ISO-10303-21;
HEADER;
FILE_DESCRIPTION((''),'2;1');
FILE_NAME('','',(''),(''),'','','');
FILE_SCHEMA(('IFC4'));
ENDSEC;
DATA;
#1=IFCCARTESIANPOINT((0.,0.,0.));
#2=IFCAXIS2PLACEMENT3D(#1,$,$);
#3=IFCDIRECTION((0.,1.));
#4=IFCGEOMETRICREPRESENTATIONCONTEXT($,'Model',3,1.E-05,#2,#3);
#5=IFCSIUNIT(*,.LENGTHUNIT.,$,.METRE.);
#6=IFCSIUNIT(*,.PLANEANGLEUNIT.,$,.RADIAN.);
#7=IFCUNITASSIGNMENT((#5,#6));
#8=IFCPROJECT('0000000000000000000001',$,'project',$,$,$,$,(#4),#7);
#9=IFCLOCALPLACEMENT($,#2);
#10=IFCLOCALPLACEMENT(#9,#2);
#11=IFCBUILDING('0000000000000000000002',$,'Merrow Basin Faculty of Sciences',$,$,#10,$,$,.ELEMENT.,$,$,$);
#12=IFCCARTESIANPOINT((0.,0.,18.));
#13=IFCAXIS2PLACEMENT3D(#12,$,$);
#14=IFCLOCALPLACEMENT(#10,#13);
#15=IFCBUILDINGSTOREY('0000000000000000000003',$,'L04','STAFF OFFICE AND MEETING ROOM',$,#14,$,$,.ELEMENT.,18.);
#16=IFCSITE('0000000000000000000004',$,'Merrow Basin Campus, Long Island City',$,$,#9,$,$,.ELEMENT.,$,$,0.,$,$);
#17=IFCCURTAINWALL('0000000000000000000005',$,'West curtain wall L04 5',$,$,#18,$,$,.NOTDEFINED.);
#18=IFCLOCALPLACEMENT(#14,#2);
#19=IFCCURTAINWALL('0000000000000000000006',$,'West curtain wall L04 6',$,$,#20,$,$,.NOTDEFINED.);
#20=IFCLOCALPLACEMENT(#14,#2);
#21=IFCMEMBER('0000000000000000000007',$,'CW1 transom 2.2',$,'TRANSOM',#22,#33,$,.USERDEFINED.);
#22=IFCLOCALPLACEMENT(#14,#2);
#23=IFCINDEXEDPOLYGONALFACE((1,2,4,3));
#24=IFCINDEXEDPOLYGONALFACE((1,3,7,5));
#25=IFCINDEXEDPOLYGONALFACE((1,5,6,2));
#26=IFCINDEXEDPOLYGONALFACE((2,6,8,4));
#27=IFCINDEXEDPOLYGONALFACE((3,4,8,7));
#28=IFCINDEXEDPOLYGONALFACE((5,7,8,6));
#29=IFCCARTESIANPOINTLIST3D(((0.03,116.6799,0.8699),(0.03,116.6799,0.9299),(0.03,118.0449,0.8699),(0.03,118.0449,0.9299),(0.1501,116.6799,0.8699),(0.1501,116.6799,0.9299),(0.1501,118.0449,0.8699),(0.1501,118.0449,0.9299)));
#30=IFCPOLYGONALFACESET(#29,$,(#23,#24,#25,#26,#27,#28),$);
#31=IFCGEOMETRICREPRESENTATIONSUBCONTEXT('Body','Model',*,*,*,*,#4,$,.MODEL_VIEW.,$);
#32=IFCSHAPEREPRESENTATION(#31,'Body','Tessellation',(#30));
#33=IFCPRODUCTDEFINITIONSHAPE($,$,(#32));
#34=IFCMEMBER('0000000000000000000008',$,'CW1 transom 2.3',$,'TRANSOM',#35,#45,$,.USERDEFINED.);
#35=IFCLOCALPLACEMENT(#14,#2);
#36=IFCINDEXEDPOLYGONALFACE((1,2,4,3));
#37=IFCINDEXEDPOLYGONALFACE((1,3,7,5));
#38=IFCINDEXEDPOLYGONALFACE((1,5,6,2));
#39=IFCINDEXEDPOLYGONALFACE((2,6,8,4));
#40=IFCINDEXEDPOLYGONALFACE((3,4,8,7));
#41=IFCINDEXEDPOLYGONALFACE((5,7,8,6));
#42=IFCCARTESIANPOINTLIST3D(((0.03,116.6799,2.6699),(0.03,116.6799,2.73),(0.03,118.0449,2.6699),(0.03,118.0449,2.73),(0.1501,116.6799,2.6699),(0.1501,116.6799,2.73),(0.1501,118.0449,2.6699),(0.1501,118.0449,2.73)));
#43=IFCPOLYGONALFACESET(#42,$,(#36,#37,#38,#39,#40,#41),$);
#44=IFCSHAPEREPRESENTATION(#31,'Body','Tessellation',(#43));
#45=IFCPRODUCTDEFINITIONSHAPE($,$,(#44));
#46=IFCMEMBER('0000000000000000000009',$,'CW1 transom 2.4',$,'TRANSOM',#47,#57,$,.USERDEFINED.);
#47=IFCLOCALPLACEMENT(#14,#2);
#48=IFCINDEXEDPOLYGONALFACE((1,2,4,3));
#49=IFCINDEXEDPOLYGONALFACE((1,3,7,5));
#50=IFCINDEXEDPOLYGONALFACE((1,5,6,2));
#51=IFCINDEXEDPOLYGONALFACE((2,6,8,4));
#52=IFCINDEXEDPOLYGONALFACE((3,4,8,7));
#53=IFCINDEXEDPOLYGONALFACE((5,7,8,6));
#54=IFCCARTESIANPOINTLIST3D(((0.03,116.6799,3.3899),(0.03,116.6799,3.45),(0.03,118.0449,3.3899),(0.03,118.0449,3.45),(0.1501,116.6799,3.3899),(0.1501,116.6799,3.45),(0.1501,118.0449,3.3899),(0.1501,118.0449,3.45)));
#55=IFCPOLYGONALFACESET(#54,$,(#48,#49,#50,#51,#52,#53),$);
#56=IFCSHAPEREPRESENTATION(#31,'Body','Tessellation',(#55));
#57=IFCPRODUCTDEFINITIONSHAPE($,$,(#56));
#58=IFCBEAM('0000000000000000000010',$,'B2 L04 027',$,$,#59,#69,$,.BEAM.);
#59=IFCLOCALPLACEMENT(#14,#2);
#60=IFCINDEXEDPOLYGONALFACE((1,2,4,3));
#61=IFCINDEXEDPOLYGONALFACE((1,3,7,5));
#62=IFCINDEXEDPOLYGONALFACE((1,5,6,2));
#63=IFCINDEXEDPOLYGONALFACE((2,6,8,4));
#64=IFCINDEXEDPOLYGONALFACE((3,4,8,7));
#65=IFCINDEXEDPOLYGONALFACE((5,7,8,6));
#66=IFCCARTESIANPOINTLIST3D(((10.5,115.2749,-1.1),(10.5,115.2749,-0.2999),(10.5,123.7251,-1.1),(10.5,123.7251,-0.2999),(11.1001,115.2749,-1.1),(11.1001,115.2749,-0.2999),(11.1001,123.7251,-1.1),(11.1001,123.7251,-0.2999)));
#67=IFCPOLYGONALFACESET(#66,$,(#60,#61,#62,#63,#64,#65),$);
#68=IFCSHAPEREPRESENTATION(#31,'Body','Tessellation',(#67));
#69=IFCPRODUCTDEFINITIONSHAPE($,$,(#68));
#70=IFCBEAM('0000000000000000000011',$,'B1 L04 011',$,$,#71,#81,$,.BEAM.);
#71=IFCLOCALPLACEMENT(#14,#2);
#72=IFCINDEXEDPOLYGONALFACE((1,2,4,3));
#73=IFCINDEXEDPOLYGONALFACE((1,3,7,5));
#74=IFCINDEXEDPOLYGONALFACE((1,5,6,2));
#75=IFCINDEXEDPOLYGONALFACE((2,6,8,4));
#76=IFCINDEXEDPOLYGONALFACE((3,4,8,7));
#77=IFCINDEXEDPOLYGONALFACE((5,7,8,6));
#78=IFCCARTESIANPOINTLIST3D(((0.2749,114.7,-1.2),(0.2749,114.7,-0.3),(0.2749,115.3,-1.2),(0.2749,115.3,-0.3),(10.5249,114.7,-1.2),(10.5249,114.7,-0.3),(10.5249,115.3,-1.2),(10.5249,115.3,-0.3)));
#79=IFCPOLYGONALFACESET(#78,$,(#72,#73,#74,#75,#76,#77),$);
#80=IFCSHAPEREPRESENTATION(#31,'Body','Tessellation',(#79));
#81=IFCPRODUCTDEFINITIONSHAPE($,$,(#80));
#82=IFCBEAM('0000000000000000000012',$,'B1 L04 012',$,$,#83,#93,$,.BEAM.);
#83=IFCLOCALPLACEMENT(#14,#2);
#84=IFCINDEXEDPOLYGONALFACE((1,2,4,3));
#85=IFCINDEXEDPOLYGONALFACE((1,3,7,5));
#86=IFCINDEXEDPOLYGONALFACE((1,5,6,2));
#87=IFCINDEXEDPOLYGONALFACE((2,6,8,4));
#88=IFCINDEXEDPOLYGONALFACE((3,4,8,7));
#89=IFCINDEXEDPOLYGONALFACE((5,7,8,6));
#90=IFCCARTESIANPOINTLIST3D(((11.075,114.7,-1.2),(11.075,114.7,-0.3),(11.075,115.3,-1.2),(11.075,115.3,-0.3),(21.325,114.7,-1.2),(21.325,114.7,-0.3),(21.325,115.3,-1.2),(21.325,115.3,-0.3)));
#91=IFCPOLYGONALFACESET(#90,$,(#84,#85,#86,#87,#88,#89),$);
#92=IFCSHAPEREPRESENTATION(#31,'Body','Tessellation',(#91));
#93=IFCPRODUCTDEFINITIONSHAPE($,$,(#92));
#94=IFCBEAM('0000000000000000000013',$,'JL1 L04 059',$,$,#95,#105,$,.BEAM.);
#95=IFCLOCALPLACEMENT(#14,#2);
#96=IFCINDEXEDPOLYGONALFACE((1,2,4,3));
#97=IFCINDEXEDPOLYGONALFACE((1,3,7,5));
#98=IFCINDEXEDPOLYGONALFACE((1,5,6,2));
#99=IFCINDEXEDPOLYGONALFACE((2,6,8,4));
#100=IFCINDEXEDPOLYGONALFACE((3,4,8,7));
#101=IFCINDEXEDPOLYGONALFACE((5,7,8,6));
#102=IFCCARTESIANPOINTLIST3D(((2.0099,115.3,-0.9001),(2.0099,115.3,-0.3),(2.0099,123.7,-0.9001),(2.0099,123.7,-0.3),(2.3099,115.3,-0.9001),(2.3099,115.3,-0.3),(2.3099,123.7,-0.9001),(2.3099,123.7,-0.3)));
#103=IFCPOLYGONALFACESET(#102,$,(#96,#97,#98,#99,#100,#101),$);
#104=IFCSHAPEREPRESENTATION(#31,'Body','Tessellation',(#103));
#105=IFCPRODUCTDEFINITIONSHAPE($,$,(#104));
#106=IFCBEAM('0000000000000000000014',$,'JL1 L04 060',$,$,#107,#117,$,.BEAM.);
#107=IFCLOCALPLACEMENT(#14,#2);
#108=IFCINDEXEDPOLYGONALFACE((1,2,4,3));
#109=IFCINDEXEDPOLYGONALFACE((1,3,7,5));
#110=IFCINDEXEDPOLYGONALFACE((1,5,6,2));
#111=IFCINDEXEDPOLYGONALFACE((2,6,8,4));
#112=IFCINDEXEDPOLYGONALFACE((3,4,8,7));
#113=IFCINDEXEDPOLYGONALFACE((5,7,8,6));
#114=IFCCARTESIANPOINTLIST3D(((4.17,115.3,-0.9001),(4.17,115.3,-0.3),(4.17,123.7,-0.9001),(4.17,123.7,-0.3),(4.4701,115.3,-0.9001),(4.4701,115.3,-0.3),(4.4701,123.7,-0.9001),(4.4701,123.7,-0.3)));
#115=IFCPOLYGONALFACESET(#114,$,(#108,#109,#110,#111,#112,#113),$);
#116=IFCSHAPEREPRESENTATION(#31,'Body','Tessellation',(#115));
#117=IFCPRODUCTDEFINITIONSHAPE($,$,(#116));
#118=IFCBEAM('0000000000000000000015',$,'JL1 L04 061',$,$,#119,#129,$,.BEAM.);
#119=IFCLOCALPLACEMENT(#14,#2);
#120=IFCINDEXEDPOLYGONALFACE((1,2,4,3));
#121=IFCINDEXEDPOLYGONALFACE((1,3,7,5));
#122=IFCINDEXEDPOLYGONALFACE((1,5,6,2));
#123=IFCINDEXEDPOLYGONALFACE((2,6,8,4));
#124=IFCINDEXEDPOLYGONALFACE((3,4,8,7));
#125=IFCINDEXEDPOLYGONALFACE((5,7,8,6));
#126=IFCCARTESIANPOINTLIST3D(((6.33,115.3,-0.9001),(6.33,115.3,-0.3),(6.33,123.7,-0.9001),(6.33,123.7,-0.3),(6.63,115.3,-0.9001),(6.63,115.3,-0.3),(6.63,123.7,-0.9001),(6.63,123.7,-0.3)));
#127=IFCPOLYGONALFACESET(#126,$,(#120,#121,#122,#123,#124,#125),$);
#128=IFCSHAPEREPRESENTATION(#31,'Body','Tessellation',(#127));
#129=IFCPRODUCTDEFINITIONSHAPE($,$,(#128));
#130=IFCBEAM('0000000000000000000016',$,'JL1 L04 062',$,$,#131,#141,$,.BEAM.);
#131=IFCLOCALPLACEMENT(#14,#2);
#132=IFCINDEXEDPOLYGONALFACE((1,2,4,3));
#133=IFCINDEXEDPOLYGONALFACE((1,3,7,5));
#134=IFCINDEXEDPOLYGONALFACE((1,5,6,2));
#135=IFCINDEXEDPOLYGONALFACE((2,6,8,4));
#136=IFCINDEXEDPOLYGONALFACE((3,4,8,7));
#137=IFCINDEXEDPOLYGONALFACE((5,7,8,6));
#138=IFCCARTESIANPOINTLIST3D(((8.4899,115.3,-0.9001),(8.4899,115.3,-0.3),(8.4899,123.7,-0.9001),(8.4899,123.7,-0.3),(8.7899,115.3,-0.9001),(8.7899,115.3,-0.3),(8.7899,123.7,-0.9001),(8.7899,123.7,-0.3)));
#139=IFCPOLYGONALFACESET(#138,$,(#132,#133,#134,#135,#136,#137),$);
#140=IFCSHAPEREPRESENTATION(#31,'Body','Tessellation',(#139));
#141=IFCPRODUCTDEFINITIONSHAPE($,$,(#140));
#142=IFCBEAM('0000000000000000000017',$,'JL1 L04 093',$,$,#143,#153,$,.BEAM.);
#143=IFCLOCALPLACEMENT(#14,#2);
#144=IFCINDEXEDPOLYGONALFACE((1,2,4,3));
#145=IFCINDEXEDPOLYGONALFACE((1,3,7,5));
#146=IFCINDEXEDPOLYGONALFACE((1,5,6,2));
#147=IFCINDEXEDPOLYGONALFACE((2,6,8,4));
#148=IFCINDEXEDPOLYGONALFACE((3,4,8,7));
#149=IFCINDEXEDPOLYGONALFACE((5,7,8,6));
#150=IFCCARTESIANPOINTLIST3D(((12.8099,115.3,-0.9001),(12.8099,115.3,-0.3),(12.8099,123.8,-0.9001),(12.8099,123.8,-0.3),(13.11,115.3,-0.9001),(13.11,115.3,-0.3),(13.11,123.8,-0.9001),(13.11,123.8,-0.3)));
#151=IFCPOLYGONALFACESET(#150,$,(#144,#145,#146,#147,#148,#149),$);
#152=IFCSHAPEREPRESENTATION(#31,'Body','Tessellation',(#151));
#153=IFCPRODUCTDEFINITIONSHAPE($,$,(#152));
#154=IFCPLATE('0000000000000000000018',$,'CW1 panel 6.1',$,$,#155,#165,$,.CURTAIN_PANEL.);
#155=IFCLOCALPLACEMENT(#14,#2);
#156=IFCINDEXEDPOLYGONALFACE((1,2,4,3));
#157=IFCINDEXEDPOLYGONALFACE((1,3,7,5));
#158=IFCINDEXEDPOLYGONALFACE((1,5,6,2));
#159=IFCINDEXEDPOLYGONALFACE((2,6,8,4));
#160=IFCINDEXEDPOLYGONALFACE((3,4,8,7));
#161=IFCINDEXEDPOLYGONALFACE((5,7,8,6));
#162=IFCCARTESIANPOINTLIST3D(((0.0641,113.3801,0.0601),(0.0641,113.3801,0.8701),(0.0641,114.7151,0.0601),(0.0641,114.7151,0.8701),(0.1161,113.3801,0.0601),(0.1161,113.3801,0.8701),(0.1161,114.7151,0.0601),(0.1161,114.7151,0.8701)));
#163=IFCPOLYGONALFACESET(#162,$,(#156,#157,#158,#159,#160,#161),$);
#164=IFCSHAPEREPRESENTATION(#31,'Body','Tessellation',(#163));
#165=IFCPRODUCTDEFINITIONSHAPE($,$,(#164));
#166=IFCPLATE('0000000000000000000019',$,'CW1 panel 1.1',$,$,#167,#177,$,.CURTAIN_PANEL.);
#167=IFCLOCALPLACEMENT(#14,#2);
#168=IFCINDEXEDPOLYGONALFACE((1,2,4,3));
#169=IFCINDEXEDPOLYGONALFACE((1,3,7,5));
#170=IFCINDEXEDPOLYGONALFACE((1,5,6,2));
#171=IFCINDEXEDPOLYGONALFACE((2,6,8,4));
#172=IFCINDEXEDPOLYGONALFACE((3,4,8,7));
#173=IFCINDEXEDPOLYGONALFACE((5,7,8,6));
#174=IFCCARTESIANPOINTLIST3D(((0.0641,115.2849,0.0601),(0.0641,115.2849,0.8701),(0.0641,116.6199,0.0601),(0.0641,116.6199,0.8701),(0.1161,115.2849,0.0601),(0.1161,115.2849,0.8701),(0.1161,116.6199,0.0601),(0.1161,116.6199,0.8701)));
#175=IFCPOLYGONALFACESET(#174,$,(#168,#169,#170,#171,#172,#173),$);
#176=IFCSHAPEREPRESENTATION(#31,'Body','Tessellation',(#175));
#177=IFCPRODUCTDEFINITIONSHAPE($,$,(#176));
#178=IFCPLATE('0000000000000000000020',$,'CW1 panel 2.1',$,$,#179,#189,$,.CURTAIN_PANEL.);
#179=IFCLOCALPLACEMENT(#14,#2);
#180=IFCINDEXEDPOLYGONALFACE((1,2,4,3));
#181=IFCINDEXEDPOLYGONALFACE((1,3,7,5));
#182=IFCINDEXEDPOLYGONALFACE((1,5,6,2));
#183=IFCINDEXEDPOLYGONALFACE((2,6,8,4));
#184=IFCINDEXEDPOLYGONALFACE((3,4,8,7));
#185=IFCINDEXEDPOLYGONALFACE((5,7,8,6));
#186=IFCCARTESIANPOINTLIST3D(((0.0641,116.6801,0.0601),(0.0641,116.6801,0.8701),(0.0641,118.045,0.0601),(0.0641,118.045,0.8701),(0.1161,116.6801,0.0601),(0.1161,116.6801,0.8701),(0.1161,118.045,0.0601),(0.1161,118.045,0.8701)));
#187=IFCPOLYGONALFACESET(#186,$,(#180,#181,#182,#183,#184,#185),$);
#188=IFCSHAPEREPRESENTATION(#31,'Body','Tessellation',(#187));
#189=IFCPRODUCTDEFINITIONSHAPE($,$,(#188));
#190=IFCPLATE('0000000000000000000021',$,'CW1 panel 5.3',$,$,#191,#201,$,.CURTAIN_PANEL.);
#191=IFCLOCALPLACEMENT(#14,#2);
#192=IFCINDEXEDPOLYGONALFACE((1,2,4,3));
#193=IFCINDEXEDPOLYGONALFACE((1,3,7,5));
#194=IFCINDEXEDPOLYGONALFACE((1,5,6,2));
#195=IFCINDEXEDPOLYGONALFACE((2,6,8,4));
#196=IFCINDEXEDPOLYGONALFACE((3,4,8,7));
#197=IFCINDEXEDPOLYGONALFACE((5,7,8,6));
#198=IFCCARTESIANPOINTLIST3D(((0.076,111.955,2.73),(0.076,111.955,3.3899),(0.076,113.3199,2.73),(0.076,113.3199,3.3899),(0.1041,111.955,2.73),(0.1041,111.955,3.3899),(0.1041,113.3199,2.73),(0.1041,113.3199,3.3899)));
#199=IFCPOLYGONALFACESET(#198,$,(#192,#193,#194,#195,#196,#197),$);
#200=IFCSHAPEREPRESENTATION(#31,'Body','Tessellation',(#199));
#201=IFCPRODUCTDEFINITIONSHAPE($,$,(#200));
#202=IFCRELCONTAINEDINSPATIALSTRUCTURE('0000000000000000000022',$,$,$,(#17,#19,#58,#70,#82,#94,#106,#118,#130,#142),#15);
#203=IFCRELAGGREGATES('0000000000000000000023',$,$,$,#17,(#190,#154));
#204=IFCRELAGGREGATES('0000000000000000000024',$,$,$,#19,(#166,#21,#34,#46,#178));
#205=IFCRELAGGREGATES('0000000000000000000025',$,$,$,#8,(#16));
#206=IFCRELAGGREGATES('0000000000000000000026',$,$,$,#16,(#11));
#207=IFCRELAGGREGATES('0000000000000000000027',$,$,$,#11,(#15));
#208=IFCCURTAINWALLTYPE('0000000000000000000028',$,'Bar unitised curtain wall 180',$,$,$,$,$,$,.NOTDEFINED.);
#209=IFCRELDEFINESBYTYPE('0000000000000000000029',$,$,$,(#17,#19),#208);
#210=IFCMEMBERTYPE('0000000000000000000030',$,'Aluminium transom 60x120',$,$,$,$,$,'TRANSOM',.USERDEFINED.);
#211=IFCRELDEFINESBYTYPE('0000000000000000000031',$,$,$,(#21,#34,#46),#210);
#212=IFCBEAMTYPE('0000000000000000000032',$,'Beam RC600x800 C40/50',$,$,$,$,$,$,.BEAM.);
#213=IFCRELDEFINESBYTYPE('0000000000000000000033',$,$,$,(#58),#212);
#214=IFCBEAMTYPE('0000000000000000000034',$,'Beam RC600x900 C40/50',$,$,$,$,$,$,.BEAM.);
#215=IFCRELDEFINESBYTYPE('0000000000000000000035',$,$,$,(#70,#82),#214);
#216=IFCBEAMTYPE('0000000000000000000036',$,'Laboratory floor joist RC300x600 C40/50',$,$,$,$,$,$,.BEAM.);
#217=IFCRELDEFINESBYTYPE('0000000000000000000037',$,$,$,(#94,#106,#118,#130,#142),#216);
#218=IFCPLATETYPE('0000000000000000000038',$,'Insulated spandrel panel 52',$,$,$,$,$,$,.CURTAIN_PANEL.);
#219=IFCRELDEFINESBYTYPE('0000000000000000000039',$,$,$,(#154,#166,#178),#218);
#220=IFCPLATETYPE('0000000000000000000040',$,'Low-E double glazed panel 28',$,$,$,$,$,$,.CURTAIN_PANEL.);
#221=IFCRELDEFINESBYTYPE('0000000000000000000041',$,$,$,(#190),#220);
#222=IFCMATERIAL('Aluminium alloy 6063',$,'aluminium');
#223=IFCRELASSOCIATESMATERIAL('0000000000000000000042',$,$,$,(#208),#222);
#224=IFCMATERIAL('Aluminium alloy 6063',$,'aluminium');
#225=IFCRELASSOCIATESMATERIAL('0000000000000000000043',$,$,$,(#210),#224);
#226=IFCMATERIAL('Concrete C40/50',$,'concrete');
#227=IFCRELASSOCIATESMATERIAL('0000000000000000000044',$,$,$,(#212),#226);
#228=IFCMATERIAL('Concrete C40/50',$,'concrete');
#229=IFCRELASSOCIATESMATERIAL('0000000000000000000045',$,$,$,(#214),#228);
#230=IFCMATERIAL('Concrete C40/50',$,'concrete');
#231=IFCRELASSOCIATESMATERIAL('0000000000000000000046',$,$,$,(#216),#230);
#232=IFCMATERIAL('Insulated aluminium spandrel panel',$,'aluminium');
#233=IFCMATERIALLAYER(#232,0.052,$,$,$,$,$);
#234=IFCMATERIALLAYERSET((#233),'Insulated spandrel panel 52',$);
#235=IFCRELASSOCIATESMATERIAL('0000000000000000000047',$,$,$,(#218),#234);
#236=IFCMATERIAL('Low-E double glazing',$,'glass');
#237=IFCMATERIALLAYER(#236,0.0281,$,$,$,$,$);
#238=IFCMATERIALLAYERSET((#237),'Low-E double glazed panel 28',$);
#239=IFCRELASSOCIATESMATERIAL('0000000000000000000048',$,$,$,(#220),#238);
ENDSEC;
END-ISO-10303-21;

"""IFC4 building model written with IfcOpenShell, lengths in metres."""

from ifc_helpers import new_model, si_unit, direction, frame, origin, origin_2d, place, context, subcontext, project, spatial, rectangle, extrude, material, layer, layer_set, material_profile, profile_set, type_object, element, aggregate, save


model = new_model("IFC4")

# Units and contexts
model_context = context("Model", 3, precision=1e-05, world=origin(), true_north=direction((0.0, 1.0)))
body_context = subcontext(model_context, "Body", "Model", "MODEL_VIEW")
ifc_project = project(units=[si_unit("LENGTHUNIT", "METRE"), si_unit("PLANEANGLEUNIT", "RADIAN")], contexts=[model_context])

# Site, building, storey
site_placement = place(None, origin())
site = spatial("IfcSite", under=ifc_project, at=site_placement, Name="Merrow Basin Campus, Long Island City", CompositionType="ELEMENT", RefElevation=0.0)
building_placement = place(site_placement, origin())
building = spatial("IfcBuilding", under=site, at=building_placement, Name="Merrow Basin Faculty of Sciences", CompositionType="ELEMENT")
storey_placement = place(building_placement, frame((0.0, 0.0, 18.0)))
storey = spatial("IfcBuildingStorey", under=building, at=storey_placement, Name="L04", Description="STAFF OFFICE AND MEETING ROOM", CompositionType="ELEMENT", Elevation=18.0)

# Curtain walls
ifc_material_1 = material(Name="Aluminium alloy 6063", Category="aluminium")
curtain_wall_type = type_object("IfcCurtainWallType", Name="Bar unitised curtain wall 180", PredefinedType="NOTDEFINED", material=ifc_material_1)
curtain_wall_1_placement = place(storey_placement, origin())
curtain_wall_1 = element("IfcCurtainWall", 1, at=curtain_wall_1_placement, inside=storey, type_object=curtain_wall_type, Name="West curtain wall L04 5", PredefinedType="NOTDEFINED")
curtain_wall_2_placement = place(storey_placement, origin())
curtain_wall_2 = element("IfcCurtainWall", 2, at=curtain_wall_2_placement, inside=storey, type_object=curtain_wall_type, Name="West curtain wall L04 6", PredefinedType="NOTDEFINED")

# Members
ifc_material_2 = material(Name="Aluminium alloy 6063", Category="aluminium")
ifc_material_profile_1 = material_profile(ifc_material_2, rectangle(XDim=0.1201, YDim=0.0601, at=origin_2d()))
ifc_profile_set_1 = profile_set([ifc_material_profile_1], Name="Aluminium alloy 6063")
member_type_1 = type_object("IfcMemberType", Name="Aluminium transom 60x120", ElementType="TRANSOM", PredefinedType="USERDEFINED", material=ifc_profile_set_1)
member_1_placement = place(storey_placement, frame((0.0901, 116.6799, 0.8999), z_axis=(0.0, 1.0, 0.0), x_axis=(-1.0, 0.0, 0.0)))
member_1 = element("IfcMember", 3, at=member_1_placement, type_object=member_type_1, Name="CW1 transom 2.2", ObjectType="TRANSOM", PredefinedType="USERDEFINED", context=body_context, shape_type="SweptSolid", body=[
    extrude(rectangle(XDim=0.1201, YDim=0.0601, at=origin_2d()), origin(), (0.0, 0.0, 1.0), 1.365),
])
member_2_placement = place(storey_placement, frame((0.0901, 116.6799, 2.7), z_axis=(0.0, 1.0, 0.0), x_axis=(-1.0, 0.0, 0.0)))
member_2 = element("IfcMember", 4, at=member_2_placement, type_object=member_type_1, Name="CW1 transom 2.3", ObjectType="TRANSOM", PredefinedType="USERDEFINED", context=body_context, shape_type="SweptSolid", body=[
    extrude(rectangle(XDim=0.1201, YDim=0.0601, at=origin_2d()), origin(), (0.0, 0.0, 1.0), 1.365),
])
member_3_placement = place(storey_placement, frame((0.0901, 116.6799, 3.4199), z_axis=(0.0, 1.0, 0.0), x_axis=(-1.0, 0.0, 0.0)))
member_3 = element("IfcMember", 5, at=member_3_placement, type_object=member_type_1, Name="CW1 transom 2.4", ObjectType="TRANSOM", PredefinedType="USERDEFINED", context=body_context, shape_type="SweptSolid", body=[
    extrude(rectangle(XDim=0.1201, YDim=0.0601, at=origin_2d()), origin(), (0.0, 0.0, 1.0), 1.365),
])

# Beams
ifc_material_3 = material(Name="Concrete C40/50", Category="concrete")
ifc_material_profile_2 = material_profile(ifc_material_3, rectangle(XDim=0.6001, YDim=0.8, at=origin_2d()))
ifc_profile_set_2 = profile_set([ifc_material_profile_2], Name="Concrete C40/50")
beam_type_1 = type_object("IfcBeamType", Name="Beam RC600x800 C40/50", PredefinedType="BEAM", material=ifc_profile_set_2)
beam_1_placement = place(storey_placement, frame((10.8, 115.2749, -0.7), z_axis=(0.0, 1.0, 0.0), x_axis=(-1.0, 0.0, 0.0)))
element("IfcBeam", 6, at=beam_1_placement, inside=storey, type_object=beam_type_1, Name="B2 L04 027", PredefinedType="BEAM", context=body_context, shape_type="SweptSolid", body=[
    extrude(rectangle(XDim=0.6001, YDim=0.8, at=origin_2d()), origin(), (0.0, 0.0, 1.0), 8.4502),
])
ifc_material_4 = material(Name="Concrete C40/50", Category="concrete")
ifc_material_profile_3 = material_profile(ifc_material_4, rectangle(XDim=0.6001, YDim=0.8999, at=origin_2d()))
ifc_profile_set_3 = profile_set([ifc_material_profile_3], Name="Concrete C40/50")
beam_type_2 = type_object("IfcBeamType", Name="Beam RC600x900 C40/50", PredefinedType="BEAM", material=ifc_profile_set_3)
for number, where, z_axis, x_axis, name in (
    (7, (0.2749, 115.0, -0.75), (1.0, 0.0, 0.0), (0.0, 1.0, 0.0), "B1 L04 011"),
    (8, (11.075, 115.0, -0.75), (1.0, 0.0, 0.0), (0.0, 1.0, 0.0), "B1 L04 012"),
):
    element("IfcBeam", number, at=place(storey_placement, frame(where, z_axis=z_axis, x_axis=x_axis)), inside=storey, type_object=beam_type_2, Name=name, PredefinedType="BEAM", context=body_context, shape_type="SweptSolid", body=[
        extrude(rectangle(XDim=0.6001, YDim=0.8999, at=origin_2d()), origin(), (0.0, 0.0, 1.0), 10.25),
    ])
ifc_material_5 = material(Name="Concrete C40/50", Category="concrete")
ifc_material_profile_4 = material_profile(ifc_material_5, rectangle(XDim=0.3, YDim=0.6001, at=origin_2d()))
ifc_profile_set_4 = profile_set([ifc_material_profile_4], Name="Concrete C40/50")
beam_type_3 = type_object("IfcBeamType", Name="Laboratory floor joist RC300x600 C40/50", PredefinedType="BEAM", material=ifc_profile_set_4)
for number, where, z_axis, x_axis, name in (
    (9, (2.1599, 115.3, -0.6001), (0.0, 1.0, 0.0), (-1.0, 0.0, 0.0), "JL1 L04 059"),
    (10, (4.3201, 115.3, -0.6001), (0.0, 1.0, 0.0), (-1.0, 0.0, 0.0), "JL1 L04 060"),
    (11, (6.48, 115.3, -0.6001), (0.0, 1.0, 0.0), (-1.0, 0.0, 0.0), "JL1 L04 061"),
    (12, (8.6399, 115.3, -0.6001), (0.0, 1.0, 0.0), (-1.0, 0.0, 0.0), "JL1 L04 062"),
):
    element("IfcBeam", number, at=place(storey_placement, frame(where, z_axis=z_axis, x_axis=x_axis)), inside=storey, type_object=beam_type_3, Name=name, PredefinedType="BEAM", context=body_context, shape_type="SweptSolid", body=[
        extrude(rectangle(XDim=0.3, YDim=0.6001, at=origin_2d()), origin(), (0.0, 0.0, 1.0), 8.3999),
    ])
beam_2_placement = place(storey_placement, frame((12.96, 115.3, -0.6001), z_axis=(0.0, 1.0, 0.0), x_axis=(-1.0, 0.0, 0.0)))
element("IfcBeam", 13, at=beam_2_placement, inside=storey, type_object=beam_type_3, Name="JL1 L04 093", PredefinedType="BEAM", context=body_context, shape_type="SweptSolid", body=[
    extrude(rectangle(XDim=0.3, YDim=0.6001, at=origin_2d()), origin(), (0.0, 0.0, 1.0), 8.5),
])

# Plates
ifc_material_6 = material(Name="Insulated aluminium spandrel panel", Category="aluminium")
ifc_layer_1 = layer(ifc_material_6, 0.052)
ifc_layer_set_1 = layer_set([ifc_layer_1], Name="Insulated spandrel panel 52")
plate_type_1 = type_object("IfcPlateType", Name="Insulated spandrel panel 52", PredefinedType="CURTAIN_PANEL", material=ifc_layer_set_1)
plate_1_placement = place(storey_placement, frame((0.0901, 114.0476, 0.0601), z_axis=(0.0, 0.0, 1.0), x_axis=(0.0, 1.0, 0.0)))
plate_1 = element("IfcPlate", 14, at=plate_1_placement, type_object=plate_type_1, Name="CW1 panel 6.1", PredefinedType="CURTAIN_PANEL", context=body_context, shape_type="SweptSolid", body=[
    extrude(rectangle(XDim=1.335, YDim=0.052, at=origin_2d()), origin(), (0.0, 0.0, 1.0), 0.8101),
])
plate_2_placement = place(storey_placement, frame((0.0901, 115.9524, 0.0601), z_axis=(0.0, 0.0, 1.0), x_axis=(0.0, 1.0, 0.0)))
plate_2 = element("IfcPlate", 15, at=plate_2_placement, type_object=plate_type_1, Name="CW1 panel 1.1", PredefinedType="CURTAIN_PANEL", context=body_context, shape_type="SweptSolid", body=[
    extrude(rectangle(XDim=1.335, YDim=0.052, at=origin_2d()), origin(), (0.0, 0.0, 1.0), 0.8101),
])
plate_3_placement = place(storey_placement, frame((0.0901, 117.3625, 0.0601), z_axis=(0.0, 0.0, 1.0), x_axis=(0.0, 1.0, 0.0)))
plate_3 = element("IfcPlate", 16, at=plate_3_placement, type_object=plate_type_1, Name="CW1 panel 2.1", PredefinedType="CURTAIN_PANEL", context=body_context, shape_type="SweptSolid", body=[
    extrude(rectangle(XDim=1.365, YDim=0.052, at=origin_2d()), origin(), (0.0, 0.0, 1.0), 0.8101),
])
ifc_material_7 = material(Name="Low-E double glazing", Category="glass")
ifc_layer_2 = layer(ifc_material_7, 0.0281)
ifc_layer_set_2 = layer_set([ifc_layer_2], Name="Low-E double glazed panel 28")
plate_type_2 = type_object("IfcPlateType", Name="Low-E double glazed panel 28", PredefinedType="CURTAIN_PANEL", material=ifc_layer_set_2)
plate_4_placement = place(storey_placement, frame((0.0901, 112.6375, 2.73), z_axis=(0.0, 0.0, 1.0), x_axis=(0.0, 1.0, 0.0)))
plate_4 = element("IfcPlate", 17, at=plate_4_placement, type_object=plate_type_2, Name="CW1 panel 5.3", PredefinedType="CURTAIN_PANEL", context=body_context, shape_type="SweptSolid", body=[
    extrude(rectangle(XDim=1.365, YDim=0.0281, at=origin_2d()), origin(), (0.0, 0.0, 1.0), 0.6599),
])
aggregate(curtain_wall_1, [plate_4, plate_1])
aggregate(curtain_wall_2, [plate_2, member_1, member_2, member_3, plate_3])

save(model, "model.ifc")
